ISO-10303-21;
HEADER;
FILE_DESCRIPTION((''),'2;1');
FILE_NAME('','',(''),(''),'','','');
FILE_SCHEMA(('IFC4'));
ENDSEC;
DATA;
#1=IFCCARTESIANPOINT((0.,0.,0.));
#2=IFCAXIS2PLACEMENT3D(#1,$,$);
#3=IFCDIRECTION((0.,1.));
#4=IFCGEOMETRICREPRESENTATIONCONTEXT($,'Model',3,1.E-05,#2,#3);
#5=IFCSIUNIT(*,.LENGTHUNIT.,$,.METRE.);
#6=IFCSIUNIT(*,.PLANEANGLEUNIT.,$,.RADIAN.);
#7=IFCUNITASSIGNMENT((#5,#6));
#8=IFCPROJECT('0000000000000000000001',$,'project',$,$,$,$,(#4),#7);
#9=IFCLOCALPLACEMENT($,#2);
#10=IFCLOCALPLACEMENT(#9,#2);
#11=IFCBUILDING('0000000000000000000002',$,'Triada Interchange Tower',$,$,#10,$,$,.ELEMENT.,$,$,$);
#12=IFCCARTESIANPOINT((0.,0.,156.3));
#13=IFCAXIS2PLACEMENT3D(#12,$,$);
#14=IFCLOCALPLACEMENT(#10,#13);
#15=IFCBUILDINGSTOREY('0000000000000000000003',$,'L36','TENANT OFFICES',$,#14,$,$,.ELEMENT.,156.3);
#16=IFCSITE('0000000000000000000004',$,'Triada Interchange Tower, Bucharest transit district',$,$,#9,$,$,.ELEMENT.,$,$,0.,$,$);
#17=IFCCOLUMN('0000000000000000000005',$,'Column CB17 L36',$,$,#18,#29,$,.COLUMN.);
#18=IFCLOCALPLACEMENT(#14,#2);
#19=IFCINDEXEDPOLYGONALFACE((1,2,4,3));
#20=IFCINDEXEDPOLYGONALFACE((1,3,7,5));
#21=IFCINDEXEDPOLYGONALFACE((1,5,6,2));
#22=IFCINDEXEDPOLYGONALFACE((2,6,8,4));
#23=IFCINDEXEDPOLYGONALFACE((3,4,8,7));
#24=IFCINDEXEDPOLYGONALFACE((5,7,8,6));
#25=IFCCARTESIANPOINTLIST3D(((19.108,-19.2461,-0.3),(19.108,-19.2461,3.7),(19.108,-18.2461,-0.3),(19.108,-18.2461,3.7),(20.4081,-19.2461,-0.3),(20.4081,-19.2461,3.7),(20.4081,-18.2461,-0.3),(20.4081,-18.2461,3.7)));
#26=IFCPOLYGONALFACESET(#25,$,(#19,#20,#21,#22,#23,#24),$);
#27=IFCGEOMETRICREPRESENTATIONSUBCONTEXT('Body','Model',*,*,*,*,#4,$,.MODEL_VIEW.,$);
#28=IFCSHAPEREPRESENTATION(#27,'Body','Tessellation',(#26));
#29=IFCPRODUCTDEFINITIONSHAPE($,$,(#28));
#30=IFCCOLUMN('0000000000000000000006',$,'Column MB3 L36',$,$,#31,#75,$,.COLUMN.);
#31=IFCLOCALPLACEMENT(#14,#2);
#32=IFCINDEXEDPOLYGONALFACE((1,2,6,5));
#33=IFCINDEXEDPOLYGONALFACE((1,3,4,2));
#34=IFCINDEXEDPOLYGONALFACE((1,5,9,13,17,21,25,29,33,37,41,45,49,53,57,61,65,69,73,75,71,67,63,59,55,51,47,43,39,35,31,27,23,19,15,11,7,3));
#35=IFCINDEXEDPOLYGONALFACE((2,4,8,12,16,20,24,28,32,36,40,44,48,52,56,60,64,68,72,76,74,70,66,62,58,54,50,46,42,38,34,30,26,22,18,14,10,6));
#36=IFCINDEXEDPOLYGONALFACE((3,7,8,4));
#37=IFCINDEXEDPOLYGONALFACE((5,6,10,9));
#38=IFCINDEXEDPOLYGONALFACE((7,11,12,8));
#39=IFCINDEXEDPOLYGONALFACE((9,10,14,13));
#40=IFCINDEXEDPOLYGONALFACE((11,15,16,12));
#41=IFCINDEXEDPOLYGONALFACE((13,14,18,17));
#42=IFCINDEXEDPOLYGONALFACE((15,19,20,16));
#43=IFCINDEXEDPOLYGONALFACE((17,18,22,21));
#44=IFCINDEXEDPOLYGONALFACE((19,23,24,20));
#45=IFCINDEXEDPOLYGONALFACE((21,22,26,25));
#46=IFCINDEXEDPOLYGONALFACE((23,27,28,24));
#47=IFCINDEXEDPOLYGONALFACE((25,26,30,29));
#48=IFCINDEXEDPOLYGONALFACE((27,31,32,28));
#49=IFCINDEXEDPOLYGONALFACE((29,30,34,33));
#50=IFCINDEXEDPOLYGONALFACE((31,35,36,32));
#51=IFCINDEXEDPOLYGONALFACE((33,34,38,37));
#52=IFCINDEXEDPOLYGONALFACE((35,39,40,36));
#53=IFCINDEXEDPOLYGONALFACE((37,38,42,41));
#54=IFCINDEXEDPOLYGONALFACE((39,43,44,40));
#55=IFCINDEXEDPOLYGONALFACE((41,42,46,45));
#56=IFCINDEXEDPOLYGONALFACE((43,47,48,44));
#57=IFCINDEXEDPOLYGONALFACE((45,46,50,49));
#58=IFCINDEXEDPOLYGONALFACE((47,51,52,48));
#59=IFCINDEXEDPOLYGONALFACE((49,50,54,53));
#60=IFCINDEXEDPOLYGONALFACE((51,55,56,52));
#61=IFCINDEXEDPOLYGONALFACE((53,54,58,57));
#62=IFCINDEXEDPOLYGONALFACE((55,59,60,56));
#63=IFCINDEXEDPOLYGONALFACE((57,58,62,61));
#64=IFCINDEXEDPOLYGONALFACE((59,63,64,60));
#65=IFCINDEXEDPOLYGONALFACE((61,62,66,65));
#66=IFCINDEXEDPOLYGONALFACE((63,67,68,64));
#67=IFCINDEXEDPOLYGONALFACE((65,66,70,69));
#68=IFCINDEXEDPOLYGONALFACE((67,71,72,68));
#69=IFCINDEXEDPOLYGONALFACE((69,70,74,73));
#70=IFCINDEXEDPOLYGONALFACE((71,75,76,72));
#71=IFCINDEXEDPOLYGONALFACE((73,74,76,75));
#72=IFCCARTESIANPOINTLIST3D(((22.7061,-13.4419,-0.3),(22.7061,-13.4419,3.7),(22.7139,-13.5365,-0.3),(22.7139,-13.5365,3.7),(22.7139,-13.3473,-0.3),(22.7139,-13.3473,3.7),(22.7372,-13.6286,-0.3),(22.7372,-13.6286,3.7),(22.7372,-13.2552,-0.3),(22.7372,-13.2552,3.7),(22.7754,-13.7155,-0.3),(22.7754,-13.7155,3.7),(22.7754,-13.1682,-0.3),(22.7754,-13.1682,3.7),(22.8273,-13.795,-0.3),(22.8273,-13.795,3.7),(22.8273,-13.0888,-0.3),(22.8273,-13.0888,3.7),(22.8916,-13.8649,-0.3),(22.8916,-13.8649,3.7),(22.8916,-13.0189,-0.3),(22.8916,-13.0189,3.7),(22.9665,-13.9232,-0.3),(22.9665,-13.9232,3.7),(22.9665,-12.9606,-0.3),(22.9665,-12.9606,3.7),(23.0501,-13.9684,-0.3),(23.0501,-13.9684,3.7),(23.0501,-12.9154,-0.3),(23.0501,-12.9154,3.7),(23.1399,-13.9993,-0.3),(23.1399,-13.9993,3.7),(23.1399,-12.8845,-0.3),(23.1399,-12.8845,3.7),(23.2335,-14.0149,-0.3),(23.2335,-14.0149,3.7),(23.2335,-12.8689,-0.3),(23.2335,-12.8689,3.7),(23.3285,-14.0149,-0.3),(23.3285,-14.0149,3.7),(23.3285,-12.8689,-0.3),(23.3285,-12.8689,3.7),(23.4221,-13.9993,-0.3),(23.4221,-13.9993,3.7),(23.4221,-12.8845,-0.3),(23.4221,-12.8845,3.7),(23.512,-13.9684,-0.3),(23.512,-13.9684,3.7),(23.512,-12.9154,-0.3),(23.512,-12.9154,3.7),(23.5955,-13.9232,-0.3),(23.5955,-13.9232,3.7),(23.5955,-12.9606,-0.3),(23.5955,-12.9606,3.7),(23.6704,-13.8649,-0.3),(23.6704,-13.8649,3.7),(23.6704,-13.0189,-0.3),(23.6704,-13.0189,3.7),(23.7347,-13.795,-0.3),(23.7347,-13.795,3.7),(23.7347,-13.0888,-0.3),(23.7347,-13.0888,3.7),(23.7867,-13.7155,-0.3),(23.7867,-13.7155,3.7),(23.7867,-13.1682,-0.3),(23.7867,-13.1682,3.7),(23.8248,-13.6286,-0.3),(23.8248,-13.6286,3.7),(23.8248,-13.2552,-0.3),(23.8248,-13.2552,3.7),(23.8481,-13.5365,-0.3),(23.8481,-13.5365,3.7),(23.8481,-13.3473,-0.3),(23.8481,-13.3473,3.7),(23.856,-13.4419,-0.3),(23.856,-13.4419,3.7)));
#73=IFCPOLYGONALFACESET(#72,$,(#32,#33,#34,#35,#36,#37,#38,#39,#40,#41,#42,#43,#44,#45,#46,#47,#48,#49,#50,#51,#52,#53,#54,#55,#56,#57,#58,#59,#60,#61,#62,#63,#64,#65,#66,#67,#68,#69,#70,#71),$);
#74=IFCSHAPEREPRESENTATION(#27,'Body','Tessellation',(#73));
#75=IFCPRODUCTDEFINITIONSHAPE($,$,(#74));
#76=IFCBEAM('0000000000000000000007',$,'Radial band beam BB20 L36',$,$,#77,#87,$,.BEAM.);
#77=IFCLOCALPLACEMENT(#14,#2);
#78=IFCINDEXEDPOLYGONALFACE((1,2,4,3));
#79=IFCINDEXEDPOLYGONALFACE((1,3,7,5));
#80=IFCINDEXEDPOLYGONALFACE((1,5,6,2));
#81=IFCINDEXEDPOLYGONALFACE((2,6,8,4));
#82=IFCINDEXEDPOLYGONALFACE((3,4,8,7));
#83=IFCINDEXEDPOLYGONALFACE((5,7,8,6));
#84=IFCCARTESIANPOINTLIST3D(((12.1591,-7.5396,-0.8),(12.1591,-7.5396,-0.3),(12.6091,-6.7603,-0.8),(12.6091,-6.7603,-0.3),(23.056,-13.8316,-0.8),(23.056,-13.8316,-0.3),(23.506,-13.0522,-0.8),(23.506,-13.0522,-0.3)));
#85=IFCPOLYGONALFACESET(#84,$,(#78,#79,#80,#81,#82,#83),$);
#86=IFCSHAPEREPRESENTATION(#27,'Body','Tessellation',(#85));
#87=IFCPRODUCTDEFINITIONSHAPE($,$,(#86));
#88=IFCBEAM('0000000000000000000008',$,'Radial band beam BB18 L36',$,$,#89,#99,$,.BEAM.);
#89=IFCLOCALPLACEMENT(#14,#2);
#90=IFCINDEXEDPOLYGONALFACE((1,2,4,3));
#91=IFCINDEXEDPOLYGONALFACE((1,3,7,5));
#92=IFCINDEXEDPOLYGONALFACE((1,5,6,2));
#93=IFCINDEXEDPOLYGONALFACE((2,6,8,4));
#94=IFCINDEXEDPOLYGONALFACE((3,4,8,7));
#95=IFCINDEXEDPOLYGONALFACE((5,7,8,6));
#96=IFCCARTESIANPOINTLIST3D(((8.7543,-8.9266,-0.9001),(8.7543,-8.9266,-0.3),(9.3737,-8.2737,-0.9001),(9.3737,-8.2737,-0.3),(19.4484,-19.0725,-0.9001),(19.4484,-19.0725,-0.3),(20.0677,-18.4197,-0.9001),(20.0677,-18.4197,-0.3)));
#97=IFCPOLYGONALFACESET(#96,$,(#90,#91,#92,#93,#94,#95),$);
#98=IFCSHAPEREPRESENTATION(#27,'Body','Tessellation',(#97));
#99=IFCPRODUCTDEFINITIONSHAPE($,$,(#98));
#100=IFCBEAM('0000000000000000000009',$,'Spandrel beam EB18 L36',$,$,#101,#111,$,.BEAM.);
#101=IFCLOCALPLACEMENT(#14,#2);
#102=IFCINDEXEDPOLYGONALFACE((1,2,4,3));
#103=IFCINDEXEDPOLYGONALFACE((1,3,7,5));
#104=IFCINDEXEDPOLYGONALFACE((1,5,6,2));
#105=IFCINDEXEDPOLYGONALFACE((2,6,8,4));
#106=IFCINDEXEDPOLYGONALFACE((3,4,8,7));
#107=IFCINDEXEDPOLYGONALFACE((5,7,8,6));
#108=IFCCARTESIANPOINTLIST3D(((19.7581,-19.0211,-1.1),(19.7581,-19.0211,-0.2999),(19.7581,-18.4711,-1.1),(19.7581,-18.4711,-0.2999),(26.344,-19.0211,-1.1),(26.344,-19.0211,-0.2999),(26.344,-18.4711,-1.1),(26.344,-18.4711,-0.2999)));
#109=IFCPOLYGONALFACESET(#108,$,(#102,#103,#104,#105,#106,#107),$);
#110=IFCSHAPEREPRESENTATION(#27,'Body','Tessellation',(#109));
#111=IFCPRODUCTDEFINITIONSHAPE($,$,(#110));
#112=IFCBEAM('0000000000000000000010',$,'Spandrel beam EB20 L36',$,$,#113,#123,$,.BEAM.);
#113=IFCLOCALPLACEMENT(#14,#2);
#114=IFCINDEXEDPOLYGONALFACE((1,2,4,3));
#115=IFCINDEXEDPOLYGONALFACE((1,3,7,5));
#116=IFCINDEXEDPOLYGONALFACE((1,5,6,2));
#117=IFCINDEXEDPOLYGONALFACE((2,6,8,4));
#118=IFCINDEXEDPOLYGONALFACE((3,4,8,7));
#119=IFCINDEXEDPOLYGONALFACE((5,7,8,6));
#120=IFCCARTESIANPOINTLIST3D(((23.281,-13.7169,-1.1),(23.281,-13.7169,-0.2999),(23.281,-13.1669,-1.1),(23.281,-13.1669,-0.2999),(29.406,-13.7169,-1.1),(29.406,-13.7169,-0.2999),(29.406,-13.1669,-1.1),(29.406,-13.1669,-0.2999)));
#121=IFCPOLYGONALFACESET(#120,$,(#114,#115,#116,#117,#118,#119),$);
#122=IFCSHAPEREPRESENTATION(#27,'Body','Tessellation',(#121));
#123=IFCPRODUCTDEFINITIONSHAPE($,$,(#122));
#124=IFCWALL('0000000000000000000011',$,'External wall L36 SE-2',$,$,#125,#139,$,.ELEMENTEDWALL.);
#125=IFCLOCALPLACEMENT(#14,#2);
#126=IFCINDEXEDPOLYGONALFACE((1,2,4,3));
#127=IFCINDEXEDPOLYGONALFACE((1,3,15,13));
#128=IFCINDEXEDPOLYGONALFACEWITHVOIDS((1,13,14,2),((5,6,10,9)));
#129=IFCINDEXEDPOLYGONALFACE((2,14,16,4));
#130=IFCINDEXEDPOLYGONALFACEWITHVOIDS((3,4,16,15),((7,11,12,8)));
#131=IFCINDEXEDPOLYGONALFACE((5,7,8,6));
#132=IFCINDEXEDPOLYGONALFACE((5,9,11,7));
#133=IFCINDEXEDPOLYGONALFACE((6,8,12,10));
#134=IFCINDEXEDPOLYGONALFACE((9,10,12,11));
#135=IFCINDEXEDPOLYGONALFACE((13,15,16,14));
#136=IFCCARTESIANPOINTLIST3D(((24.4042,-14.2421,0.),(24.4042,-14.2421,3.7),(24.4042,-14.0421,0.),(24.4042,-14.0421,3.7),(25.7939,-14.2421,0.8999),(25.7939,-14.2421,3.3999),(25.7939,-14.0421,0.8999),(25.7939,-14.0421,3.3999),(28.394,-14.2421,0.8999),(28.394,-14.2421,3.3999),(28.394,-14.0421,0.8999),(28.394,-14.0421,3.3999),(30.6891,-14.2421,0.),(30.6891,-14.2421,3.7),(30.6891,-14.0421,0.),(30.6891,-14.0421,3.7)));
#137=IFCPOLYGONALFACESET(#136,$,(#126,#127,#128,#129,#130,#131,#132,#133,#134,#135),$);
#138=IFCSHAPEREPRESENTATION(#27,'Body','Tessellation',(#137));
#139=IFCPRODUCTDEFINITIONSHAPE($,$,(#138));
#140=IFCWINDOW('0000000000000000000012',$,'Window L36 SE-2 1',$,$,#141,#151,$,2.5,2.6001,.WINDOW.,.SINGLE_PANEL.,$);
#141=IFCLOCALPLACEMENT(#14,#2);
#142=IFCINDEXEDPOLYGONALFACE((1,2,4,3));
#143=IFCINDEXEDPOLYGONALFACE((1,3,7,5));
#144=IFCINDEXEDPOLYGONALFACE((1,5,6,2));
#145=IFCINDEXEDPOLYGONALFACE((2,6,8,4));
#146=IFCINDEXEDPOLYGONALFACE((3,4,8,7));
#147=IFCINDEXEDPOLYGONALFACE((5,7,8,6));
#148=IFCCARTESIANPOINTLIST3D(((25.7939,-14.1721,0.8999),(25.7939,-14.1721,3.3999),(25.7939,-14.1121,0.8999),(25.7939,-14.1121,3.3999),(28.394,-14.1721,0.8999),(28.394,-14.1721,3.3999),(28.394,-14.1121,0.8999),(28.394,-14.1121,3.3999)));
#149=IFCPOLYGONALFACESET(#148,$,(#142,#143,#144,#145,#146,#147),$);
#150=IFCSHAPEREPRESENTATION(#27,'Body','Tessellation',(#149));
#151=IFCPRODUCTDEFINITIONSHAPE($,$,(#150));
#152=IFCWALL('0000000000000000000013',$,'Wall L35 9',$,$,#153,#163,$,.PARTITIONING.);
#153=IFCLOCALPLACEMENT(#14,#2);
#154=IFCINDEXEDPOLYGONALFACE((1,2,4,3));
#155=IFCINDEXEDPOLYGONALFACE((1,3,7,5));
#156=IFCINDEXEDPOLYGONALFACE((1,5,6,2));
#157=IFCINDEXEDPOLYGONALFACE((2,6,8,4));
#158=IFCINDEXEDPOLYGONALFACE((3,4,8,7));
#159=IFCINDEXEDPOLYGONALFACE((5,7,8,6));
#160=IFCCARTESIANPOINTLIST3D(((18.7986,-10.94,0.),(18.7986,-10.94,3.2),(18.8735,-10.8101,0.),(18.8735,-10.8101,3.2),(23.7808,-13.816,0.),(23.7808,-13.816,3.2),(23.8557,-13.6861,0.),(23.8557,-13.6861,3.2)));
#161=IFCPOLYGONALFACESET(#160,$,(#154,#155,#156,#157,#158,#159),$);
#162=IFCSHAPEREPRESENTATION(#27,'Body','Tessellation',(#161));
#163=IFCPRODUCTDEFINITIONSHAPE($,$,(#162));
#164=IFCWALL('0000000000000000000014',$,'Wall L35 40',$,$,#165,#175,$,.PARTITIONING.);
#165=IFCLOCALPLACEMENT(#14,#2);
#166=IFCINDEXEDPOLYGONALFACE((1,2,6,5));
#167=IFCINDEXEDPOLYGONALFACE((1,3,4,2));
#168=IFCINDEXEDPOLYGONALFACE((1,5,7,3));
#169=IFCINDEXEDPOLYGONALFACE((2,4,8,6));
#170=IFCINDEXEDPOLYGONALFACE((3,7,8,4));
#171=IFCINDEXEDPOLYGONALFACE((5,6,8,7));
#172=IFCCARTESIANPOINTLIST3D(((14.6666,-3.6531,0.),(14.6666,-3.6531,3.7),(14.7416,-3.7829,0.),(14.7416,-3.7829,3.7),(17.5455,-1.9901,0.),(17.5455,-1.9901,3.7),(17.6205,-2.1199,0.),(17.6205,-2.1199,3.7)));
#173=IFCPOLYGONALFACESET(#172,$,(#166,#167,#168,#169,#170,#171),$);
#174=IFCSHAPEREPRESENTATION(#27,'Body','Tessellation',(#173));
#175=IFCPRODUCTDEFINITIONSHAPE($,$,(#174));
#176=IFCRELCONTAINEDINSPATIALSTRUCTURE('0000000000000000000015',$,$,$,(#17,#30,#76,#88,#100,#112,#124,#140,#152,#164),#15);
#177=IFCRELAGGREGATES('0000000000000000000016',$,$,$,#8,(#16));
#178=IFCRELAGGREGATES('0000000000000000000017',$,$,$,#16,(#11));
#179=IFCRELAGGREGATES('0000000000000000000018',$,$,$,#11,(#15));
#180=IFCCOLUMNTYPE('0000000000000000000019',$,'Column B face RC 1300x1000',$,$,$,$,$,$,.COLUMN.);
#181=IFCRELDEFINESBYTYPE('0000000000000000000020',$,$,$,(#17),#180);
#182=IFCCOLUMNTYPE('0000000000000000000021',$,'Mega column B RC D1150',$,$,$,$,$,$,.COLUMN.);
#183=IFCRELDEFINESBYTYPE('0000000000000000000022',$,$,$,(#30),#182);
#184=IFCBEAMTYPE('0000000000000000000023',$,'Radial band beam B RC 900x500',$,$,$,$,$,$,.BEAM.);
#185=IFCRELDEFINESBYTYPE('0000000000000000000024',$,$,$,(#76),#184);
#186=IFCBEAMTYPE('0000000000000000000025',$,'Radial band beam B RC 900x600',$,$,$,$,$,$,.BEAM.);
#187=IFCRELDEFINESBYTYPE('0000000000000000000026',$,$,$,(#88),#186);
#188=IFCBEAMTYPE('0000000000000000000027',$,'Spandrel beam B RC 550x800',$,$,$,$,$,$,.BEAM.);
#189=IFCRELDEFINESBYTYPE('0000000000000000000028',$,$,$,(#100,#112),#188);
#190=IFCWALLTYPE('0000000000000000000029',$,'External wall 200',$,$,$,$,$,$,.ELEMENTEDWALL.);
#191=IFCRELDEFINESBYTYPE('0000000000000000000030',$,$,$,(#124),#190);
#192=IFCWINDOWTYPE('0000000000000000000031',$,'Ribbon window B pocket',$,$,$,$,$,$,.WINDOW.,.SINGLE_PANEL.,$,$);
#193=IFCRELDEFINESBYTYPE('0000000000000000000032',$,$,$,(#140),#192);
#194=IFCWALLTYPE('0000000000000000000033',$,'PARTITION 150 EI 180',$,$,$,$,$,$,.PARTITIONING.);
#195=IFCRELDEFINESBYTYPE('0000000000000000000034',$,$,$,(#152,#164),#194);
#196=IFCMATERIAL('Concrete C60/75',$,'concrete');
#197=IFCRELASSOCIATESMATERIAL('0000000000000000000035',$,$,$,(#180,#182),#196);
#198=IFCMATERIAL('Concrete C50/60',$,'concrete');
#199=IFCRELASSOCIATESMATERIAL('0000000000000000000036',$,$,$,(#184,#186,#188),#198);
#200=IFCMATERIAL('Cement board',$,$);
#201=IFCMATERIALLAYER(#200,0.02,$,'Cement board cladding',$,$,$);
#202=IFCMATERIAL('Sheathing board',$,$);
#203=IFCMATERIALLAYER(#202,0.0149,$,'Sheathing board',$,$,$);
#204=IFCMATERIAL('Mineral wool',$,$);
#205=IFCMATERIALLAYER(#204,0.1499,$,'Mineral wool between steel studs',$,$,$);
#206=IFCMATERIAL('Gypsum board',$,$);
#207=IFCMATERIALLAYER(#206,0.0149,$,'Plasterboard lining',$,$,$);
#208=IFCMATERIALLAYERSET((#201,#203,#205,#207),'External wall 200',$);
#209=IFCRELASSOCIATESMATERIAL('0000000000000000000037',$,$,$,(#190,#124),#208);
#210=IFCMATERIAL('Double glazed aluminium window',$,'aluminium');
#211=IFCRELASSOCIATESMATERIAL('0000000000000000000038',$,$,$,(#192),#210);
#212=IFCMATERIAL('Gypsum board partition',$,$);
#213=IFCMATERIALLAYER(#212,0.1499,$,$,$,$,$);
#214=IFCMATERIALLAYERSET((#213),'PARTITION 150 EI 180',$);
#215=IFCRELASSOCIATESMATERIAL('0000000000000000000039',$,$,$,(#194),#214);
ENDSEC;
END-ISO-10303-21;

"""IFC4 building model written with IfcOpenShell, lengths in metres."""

from ifc_helpers import new_model, si_unit, direction, frame, frame_2d, origin, origin_2d, place, context, subcontext, project, spatial, rectangle, circle, extrude, material, layer, layer_set, layer_usage, material_profile, profile_set, type_object, element, fill, save


model = new_model("IFC4")

# Units and contexts
model_context = context("Model", 3, precision=1e-05, world=origin(), true_north=direction((0.0, 1.0)))
body_context = subcontext(model_context, "Body", "Model", "MODEL_VIEW")
ifc_project = project(units=[si_unit("LENGTHUNIT", "METRE"), si_unit("PLANEANGLEUNIT", "RADIAN")], contexts=[model_context])

# Site, building, storey
site_placement = place(None, origin())
site = spatial("IfcSite", under=ifc_project, at=site_placement, Name="Triada Interchange Tower, Bucharest transit district", CompositionType="ELEMENT", RefElevation=0.0)
building_placement = place(site_placement, origin())
building = spatial("IfcBuilding", under=site, at=building_placement, Name="Triada Interchange Tower", CompositionType="ELEMENT")
storey_placement = place(building_placement, frame((0.0, 0.0, 156.3)))
storey = spatial("IfcBuildingStorey", under=building, at=storey_placement, Name="L36", Description="TENANT OFFICES", CompositionType="ELEMENT", Elevation=156.3)

# Columns
ifc_material_1 = material(Name="Concrete C60/75", Category="concrete")
ifc_material_profile_1 = material_profile(ifc_material_1, rectangle(XDim=1.3, YDim=1.0, at=origin_2d()), Name="RC 1300x1000")
ifc_profile_set_1 = profile_set([ifc_material_profile_1], Name="Concrete C60/75")
column_type_1 = type_object("IfcColumnType", Name="Column B face RC 1300x1000", PredefinedType="COLUMN", material=ifc_profile_set_1)
column_1_placement = place(storey_placement, frame((19.7581, -18.7461, -0.3), z_axis=(0.0, 0.0, 1.0), x_axis=(1.0, 0.0, 0.0)))
element("IfcColumn", 1, at=column_1_placement, inside=storey, type_object=column_type_1, Name="Column CB17 L36", PredefinedType="COLUMN", context=body_context, shape_type="SweptSolid", body=[
    extrude(rectangle(XDim=1.3, YDim=1.0, at=origin_2d()), origin(), (0.0, 0.0, 1.0), 4.0),
])
ifc_material_profile_2 = material_profile(ifc_material_1, circle(Radius=0.575, at=origin_2d()), Name="RC D1150")
ifc_profile_set_2 = profile_set([ifc_material_profile_2], Name="Concrete C60/75")
column_type_2 = type_object("IfcColumnType", Name="Mega column B RC D1150", PredefinedType="COLUMN", material=ifc_profile_set_2)
column_2_placement = place(storey_placement, frame((23.281, -13.4419, -0.3), z_axis=(0.0, 0.0, 1.0), x_axis=(1.0, 0.0, 0.0)))
element("IfcColumn", 2, at=column_2_placement, inside=storey, type_object=column_type_2, Name="Column MB3 L36", PredefinedType="COLUMN", context=body_context, shape_type="SweptSolid", body=[
    extrude(circle(Radius=0.575, at=origin_2d()), origin(), (0.0, 0.0, 1.0), 4.0),
])

# Beams
ifc_material_2 = material(Name="Concrete C50/60", Category="concrete")
ifc_material_profile_3 = material_profile(ifc_material_2, rectangle(XDim=0.8999, YDim=0.5, at=origin_2d()), Name="RC 900x500")
ifc_profile_set_3 = profile_set([ifc_material_profile_3], Name="Concrete C50/60")
beam_type_1 = type_object("IfcBeamType", Name="Radial band beam B RC 900x500", PredefinedType="BEAM", material=ifc_profile_set_3)
beam_1_placement = place(storey_placement, frame((23.281, -13.4419, -0.55), z_axis=(-0.866004, 0.500037, 0.0), x_axis=(-0.500037, -0.866004, 0.0)))
element("IfcBeam", 3, at=beam_1_placement, inside=storey, type_object=beam_type_1, Name="Radial band beam BB20 L36", PredefinedType="BEAM", context=body_context, shape_type="SweptSolid", body=[
    extrude(rectangle(XDim=0.8999, YDim=0.5, at=origin_2d()), origin(), (0.0, 0.0, 1.0), 12.583),
])
ifc_material_profile_4 = material_profile(ifc_material_2, rectangle(XDim=0.8999, YDim=0.6001, at=origin_2d()), Name="RC 900x600")
ifc_profile_set_4 = profile_set([ifc_material_profile_4], Name="Concrete C50/60")
beam_type_2 = type_object("IfcBeamType", Name="Radial band beam B RC 900x600", PredefinedType="BEAM", material=ifc_profile_set_4)
beam_2_placement = place(storey_placement, frame((19.7581, -18.7461, -0.6001), z_axis=(-0.725453, 0.688272, 0.0), x_axis=(-0.688272, -0.725453, 0.0)))
element("IfcBeam", 4, at=beam_2_placement, inside=storey, type_object=beam_type_2, Name="Radial band beam BB18 L36", PredefinedType="BEAM", context=body_context, shape_type="SweptSolid", body=[
    extrude(rectangle(XDim=0.8999, YDim=0.6001, at=origin_2d()), origin(), (0.0, 0.0, 1.0), 14.7412),
])
ifc_material_profile_5 = material_profile(ifc_material_2, rectangle(XDim=0.55, YDim=0.8, at=origin_2d()), Name="RC 550x800")
ifc_profile_set_5 = profile_set([ifc_material_profile_5], Name="Concrete C50/60")
beam_type_3 = type_object("IfcBeamType", Name="Spandrel beam B RC 550x800", PredefinedType="BEAM", material=ifc_profile_set_5)
beam_3_placement = place(storey_placement, frame((19.7581, -18.7461, -0.7), z_axis=(1.0, 0.0, 0.0), x_axis=(0.0, 1.0, 0.0)))
element("IfcBeam", 5, at=beam_3_placement, inside=storey, type_object=beam_type_3, Name="Spandrel beam EB18 L36", PredefinedType="BEAM", context=body_context, shape_type="SweptSolid", body=[
    extrude(rectangle(XDim=0.55, YDim=0.8, at=origin_2d()), origin(), (0.0, 0.0, 1.0), 6.5859),
])
beam_4_placement = place(storey_placement, frame((23.281, -13.4419, -0.7), z_axis=(1.0, 0.0, 0.0), x_axis=(0.0, 1.0, 0.0)))
element("IfcBeam", 6, at=beam_4_placement, inside=storey, type_object=beam_type_3, Name="Spandrel beam EB20 L36", PredefinedType="BEAM", context=body_context, shape_type="SweptSolid", body=[
    extrude(rectangle(XDim=0.55, YDim=0.8, at=origin_2d()), origin(), (0.0, 0.0, 1.0), 6.125),
])

# Wall, opening, window
ifc_material_3 = material(Name="Cement board")
ifc_layer_1 = layer(ifc_material_3, 0.02, Name="Cement board cladding")
ifc_material_4 = material(Name="Sheathing board")
ifc_layer_2 = layer(ifc_material_4, 0.0149, Name="Sheathing board")
ifc_material_5 = material(Name="Mineral wool")
ifc_layer_3 = layer(ifc_material_5, 0.1499, Name="Mineral wool between steel studs")
ifc_material_6 = material(Name="Gypsum board")
ifc_layer_4 = layer(ifc_material_6, 0.0149, Name="Plasterboard lining")
ifc_layer_set_1 = layer_set([ifc_layer_1, ifc_layer_2, ifc_layer_3, ifc_layer_4], Name="External wall 200")
ifc_layer_usage = layer_usage(ifc_layer_set_1, "AXIS2", "POSITIVE", -0.1001)
wall_type_1 = type_object("IfcWallType", Name="External wall 200", PredefinedType="ELEMENTEDWALL", material=ifc_layer_set_1)
wall_1_placement = place(storey_placement, frame((24.4041, -14.1421, 0.0), z_axis=(0.0, 0.0, 1.0), x_axis=(1.0, 0.0, 0.0)))
wall_1 = element("IfcWall", 7, at=wall_1_placement, inside=storey, type_object=wall_type_1, material=ifc_layer_usage, Name="External wall L36 SE-2", PredefinedType="ELEMENTEDWALL", context=body_context, shape_type="SweptSolid", body=[
    extrude(rectangle(XDim=6.2849, YDim=0.2, at=frame_2d((3.1426, 0.0))), origin(), (0.0, 0.0, 1.0), 3.7),
])
opening_1_placement = place(wall_1_placement, frame((1.3899, 0.0, 0.8999)))
opening_1 = element("IfcOpeningElement", 8, at=opening_1_placement, cuts=wall_1, PredefinedType="OPENING", context=body_context, shape_type="SweptSolid", body=[
    extrude(rectangle(XDim=2.6001, YDim=2.5, at=frame_2d((1.3, 1.25))), frame((0.0, 0.1099, 0.0), z_axis=(0.0, -1.0, 0.0), x_axis=(1.0, 0.0, 0.0)), (0.0, 0.0, 1.0), 0.22),
])
ifc_material_7 = material(Name="Double glazed aluminium window", Category="aluminium")
window_type = type_object("IfcWindowType", Name="Ribbon window B pocket", PartitioningType="SINGLE_PANEL", PredefinedType="WINDOW", material=ifc_material_7)
window_placement = place(opening_1_placement, origin())
window = element("IfcWindow", 9, at=window_placement, inside=storey, type_object=window_type, Name="Window L36 SE-2 1", OverallHeight=2.5, OverallWidth=2.6001, PartitioningType="SINGLE_PANEL", PredefinedType="WINDOW", context=body_context, shape_type="SweptSolid", body=[
    extrude(rectangle(XDim=2.6001, YDim=2.5, at=frame_2d((1.3, 1.25))), frame((0.0, 0.03, 0.0), z_axis=(0.0, -1.0, 0.0), x_axis=(1.0, 0.0, 0.0)), (0.0, 0.0, 1.0), 0.0601),
])
fill(opening_1, window)

# Walls
ifc_material_8 = material(Name="Gypsum board partition")
ifc_layer_5 = layer(ifc_material_8, 0.1499)
ifc_layer_set_2 = layer_set([ifc_layer_5], Name="PARTITION 150 EI 180")
wall_type_2 = type_object("IfcWallType", Name="PARTITION 150 EI 180", PredefinedType="PARTITIONING", material=ifc_layer_set_2)
wall_2_placement = place(storey_placement, frame((18.8359, -10.875, 0.0), z_axis=(0.0, 0.0, 1.0), x_axis=(0.866062, -0.499937, 0.0)))
element("IfcWall", 10, at=wall_2_placement, inside=storey, type_object=wall_type_2, Name="Wall L35 9", PredefinedType="PARTITIONING", context=body_context, shape_type="SweptSolid", body=[
    extrude(rectangle(XDim=5.7527, YDim=0.1499, at=frame_2d((2.8765, 0.0))), origin(), (0.0, 0.0, 1.0), 3.2),
])
wall_3_placement = place(storey_placement, frame((14.7041, -3.718, 0.0), z_axis=(0.0, 0.0, 1.0), x_axis=(0.865902, 0.500214, 0.0)))
element("IfcWall", 11, at=wall_3_placement, inside=storey, type_object=wall_type_2, Name="Wall L35 40", PredefinedType="PARTITIONING", context=body_context, shape_type="SweptSolid", body=[
    extrude(rectangle(XDim=3.3247, YDim=0.1499, at=frame_2d((1.6624, 0.0))), origin(), (0.0, 0.0, 1.0), 3.7),
])

save(model, "model.ifc")
